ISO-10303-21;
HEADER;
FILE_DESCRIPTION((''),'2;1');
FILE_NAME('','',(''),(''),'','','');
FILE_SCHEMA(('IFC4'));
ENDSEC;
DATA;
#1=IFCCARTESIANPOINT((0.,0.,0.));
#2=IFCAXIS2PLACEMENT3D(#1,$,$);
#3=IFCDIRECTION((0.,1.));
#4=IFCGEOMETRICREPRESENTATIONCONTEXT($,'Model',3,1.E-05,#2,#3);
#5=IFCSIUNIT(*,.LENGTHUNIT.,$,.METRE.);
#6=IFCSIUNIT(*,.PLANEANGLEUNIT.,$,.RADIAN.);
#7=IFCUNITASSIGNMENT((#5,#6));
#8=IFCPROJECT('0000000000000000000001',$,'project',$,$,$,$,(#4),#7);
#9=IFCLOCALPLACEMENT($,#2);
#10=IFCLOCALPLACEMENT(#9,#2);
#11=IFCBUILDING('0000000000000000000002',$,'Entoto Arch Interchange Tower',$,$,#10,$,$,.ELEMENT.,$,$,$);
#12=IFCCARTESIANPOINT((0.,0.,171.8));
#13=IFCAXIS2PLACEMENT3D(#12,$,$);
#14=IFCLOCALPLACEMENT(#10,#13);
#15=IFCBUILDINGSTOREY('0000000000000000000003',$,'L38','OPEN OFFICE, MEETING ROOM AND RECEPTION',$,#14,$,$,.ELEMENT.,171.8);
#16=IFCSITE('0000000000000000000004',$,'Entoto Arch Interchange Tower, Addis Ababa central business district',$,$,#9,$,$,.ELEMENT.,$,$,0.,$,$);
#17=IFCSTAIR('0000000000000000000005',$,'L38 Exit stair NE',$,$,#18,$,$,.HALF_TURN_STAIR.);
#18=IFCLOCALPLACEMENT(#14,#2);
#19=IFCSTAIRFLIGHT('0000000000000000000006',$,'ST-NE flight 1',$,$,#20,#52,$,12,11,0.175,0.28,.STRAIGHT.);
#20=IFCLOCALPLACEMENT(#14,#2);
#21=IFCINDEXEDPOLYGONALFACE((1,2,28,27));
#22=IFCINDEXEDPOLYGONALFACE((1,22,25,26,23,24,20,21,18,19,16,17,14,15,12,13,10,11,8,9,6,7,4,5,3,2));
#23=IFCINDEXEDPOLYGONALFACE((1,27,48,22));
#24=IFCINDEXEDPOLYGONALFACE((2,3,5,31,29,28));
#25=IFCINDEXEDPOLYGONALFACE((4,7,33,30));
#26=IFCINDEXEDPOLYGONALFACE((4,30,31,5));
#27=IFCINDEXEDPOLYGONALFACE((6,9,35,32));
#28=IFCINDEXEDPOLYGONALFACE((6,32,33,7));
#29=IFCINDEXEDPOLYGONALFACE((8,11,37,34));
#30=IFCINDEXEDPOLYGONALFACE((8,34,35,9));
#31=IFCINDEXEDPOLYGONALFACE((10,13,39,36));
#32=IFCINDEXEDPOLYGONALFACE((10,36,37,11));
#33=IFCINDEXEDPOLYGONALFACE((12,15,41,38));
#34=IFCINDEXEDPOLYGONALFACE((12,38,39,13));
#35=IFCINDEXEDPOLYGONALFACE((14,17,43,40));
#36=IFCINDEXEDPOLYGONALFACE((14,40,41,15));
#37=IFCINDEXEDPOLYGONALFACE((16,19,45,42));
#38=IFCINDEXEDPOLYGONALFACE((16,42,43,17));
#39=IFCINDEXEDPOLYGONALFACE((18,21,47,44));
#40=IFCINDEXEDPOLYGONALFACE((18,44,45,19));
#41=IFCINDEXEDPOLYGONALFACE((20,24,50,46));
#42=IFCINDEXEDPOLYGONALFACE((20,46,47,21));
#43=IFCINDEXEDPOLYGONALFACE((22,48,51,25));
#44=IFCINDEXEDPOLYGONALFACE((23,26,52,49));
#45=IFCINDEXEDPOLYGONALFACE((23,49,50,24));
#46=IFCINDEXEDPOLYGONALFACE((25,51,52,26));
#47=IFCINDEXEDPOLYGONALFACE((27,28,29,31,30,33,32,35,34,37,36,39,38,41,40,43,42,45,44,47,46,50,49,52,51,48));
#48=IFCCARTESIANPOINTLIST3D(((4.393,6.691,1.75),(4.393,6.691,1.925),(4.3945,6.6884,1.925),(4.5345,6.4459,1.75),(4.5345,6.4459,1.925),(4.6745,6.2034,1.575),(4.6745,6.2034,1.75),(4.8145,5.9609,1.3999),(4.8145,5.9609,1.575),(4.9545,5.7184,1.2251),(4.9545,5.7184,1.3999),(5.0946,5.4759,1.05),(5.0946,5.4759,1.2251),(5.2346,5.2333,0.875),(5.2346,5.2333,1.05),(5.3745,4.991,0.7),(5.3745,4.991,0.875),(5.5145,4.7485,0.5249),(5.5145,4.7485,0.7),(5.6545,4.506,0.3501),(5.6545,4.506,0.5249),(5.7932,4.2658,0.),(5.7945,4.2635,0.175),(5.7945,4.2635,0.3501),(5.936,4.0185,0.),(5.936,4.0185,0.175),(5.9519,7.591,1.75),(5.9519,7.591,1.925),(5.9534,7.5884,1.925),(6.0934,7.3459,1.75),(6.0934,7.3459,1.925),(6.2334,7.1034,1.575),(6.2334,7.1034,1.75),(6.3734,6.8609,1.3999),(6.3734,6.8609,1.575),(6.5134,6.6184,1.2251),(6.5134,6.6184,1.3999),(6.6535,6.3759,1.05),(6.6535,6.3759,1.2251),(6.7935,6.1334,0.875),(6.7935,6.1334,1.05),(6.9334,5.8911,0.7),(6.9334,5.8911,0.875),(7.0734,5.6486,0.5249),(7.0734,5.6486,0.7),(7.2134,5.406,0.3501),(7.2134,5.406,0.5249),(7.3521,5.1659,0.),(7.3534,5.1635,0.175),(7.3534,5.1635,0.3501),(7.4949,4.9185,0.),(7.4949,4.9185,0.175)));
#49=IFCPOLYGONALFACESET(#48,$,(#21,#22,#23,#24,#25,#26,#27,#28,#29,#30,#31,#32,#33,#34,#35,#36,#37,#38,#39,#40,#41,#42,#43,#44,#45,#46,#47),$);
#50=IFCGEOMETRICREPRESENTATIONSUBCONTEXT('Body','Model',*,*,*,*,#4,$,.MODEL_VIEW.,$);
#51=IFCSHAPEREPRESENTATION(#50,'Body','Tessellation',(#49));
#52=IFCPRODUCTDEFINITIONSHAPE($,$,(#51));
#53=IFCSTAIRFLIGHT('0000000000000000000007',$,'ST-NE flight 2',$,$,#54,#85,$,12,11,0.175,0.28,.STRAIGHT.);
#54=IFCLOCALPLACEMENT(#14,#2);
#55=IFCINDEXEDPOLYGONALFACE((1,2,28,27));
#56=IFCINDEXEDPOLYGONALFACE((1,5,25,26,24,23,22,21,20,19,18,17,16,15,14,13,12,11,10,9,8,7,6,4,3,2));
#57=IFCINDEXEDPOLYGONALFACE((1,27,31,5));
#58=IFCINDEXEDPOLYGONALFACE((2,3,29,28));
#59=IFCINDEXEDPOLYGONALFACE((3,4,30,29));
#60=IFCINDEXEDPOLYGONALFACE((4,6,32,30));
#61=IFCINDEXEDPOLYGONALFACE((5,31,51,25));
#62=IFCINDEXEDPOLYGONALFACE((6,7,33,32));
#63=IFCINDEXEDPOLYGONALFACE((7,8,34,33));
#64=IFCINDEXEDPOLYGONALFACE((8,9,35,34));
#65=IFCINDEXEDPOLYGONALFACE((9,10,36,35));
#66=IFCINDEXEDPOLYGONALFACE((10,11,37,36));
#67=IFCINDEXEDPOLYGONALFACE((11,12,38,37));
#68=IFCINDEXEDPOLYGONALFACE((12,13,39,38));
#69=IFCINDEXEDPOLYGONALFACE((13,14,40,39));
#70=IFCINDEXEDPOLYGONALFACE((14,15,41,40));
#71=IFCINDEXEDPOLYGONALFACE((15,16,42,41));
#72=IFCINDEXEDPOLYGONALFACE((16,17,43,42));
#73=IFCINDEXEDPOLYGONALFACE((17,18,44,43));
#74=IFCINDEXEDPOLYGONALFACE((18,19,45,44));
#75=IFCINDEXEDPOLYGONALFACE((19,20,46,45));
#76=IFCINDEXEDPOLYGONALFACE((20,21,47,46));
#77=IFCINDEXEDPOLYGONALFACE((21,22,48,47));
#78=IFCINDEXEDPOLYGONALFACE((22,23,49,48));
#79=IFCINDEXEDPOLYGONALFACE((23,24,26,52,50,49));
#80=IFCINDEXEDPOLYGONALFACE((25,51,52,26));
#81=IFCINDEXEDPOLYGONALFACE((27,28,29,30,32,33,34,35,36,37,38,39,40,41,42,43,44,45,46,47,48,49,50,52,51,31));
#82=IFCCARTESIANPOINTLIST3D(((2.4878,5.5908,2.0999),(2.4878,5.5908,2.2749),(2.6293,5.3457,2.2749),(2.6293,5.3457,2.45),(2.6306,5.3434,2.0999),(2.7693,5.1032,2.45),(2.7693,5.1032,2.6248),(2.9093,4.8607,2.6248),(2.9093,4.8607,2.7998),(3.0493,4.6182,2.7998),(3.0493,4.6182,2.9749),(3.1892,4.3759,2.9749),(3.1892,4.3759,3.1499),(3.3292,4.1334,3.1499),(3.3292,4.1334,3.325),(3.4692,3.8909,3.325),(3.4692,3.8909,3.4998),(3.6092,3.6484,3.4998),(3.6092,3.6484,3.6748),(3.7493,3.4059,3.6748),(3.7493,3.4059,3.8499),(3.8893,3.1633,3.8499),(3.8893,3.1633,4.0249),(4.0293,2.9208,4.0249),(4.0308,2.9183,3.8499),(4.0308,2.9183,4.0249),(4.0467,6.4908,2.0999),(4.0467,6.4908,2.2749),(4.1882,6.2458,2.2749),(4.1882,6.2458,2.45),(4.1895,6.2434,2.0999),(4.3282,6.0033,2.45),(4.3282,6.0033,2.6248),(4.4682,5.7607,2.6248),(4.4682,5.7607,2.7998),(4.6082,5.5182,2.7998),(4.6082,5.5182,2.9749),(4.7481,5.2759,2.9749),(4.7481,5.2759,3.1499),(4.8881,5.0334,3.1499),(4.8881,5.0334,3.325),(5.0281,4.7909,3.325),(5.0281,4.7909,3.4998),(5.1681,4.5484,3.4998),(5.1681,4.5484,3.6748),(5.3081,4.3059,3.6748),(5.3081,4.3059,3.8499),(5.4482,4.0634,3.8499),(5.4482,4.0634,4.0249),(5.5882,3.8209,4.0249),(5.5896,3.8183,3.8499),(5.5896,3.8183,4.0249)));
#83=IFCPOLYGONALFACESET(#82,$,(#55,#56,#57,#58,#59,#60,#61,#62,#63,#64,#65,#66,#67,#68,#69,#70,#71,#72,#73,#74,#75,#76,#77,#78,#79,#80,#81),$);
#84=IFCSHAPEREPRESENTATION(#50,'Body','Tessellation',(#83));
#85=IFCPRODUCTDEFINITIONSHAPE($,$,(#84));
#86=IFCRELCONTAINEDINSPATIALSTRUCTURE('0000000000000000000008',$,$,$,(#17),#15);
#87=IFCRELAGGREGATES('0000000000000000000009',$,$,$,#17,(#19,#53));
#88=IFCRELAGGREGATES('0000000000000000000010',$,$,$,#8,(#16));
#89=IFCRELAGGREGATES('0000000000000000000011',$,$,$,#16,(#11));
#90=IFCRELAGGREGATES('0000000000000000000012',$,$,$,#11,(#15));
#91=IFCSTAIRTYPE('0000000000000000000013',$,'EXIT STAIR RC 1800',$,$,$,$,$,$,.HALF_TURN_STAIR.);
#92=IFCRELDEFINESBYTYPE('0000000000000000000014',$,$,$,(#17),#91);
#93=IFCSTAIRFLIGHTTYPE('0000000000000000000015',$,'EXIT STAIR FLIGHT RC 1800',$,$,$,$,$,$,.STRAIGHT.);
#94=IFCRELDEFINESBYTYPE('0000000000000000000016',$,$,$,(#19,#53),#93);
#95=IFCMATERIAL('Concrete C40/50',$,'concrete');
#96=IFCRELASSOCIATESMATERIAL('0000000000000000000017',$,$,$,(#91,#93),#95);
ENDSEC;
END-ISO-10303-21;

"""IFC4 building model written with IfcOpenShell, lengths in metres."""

from ifc_helpers import new_model, si_unit, direction, frame, origin, place, context, subcontext, project, spatial, polyline, outline, extrude, material, type_object, element, aggregate, save


model = new_model("IFC4")

# Units and contexts
model_context = context("Model", 3, precision=1e-05, world=origin(), true_north=direction((0.0, 1.0)))
body_context = subcontext(model_context, "Body", "Model", "MODEL_VIEW")
ifc_project = project(units=[si_unit("LENGTHUNIT", "METRE"), si_unit("PLANEANGLEUNIT", "RADIAN")], contexts=[model_context])

# Site, building, storey
site_placement = place(None, origin())
site = spatial("IfcSite", under=ifc_project, at=site_placement, Name="Entoto Arch Interchange Tower, Addis Ababa central business district", CompositionType="ELEMENT", RefElevation=0.0)
building_placement = place(site_placement, origin())
building = spatial("IfcBuilding", under=site, at=building_placement, Name="Entoto Arch Interchange Tower", CompositionType="ELEMENT")
storey_placement = place(building_placement, frame((0.0, 0.0, 171.8)))
storey = spatial("IfcBuildingStorey", under=building, at=storey_placement, Name="L38", Description="OPEN OFFICE, MEETING ROOM AND RECEPTION", CompositionType="ELEMENT", Elevation=171.8)

# Shared definitions
ifc_material_1 = material(Name="Concrete C40/50", Category="concrete")

# Stair, stair flights
stair_type = type_object("IfcStairType", Name="EXIT STAIR RC 1800", PredefinedType="HALF_TURN_STAIR", material=ifc_material_1)
stair_placement = place(storey_placement, origin())
stair = element("IfcStair", 1, at=stair_placement, inside=storey, type_object=stair_type, Name="L38 Exit stair NE", PredefinedType="HALF_TURN_STAIR")
stair_flight_type = type_object("IfcStairFlightType", Name="EXIT STAIR FLIGHT RC 1800", PredefinedType="STRAIGHT", material=ifc_material_1)
stair_flight_1_placement = place(storey_placement, frame((6.7139, 4.4709, 0.0), z_axis=(0.0, 0.0, 1.0), x_axis=(-0.5, 0.866025, 0.0)))
stair_flight_1 = element("IfcStairFlight", 2, at=stair_flight_1_placement, type_object=stair_flight_type, Name="ST-NE flight 1", NumberOfRisers=12, NumberOfTreads=11, PredefinedType="STRAIGHT", RiserHeight=0.175, TreadLength=0.28, context=body_context, shape_type="SweptSolid", body=[
    extrude(outline(polyline([(-0.0029, 0.0), (-0.0029, 0.175), (0.28, 0.175), (0.28, 0.3501), (0.5601, 0.3501), (0.5601, 0.5249), (0.8401, 0.5249), (0.8401, 0.7), (1.1201, 0.7), (1.1201, 0.875), (1.3999, 0.875), (1.3999, 1.05), (1.6799, 1.05), (1.6799, 1.2251), (1.96, 1.2251), (1.96, 1.3999), (2.24, 1.3999), (2.24, 1.575), (2.52, 1.575), (2.52, 1.75), (2.8, 1.75), (2.8, 1.925), (3.0801, 1.925), (3.083, 1.925), (3.083, 1.75), (0.2827, 0.0), (-0.0029, 0.0)])), frame((0.0, 0.8999, 0.0), z_axis=(0.0, -1.0, 0.0), x_axis=(1.0, 0.0, 0.0)), (0.0, 0.0, 1.0), 1.8),
])
stair_flight_2_placement = place(storey_placement, frame((3.2688, 6.0383, 2.0999), z_axis=(0.0, 0.0, 1.0), x_axis=(0.5, -0.866025, 0.0)))
stair_flight_2 = element("IfcStairFlight", 3, at=stair_flight_2_placement, type_object=stair_flight_type, Name="ST-NE flight 2", NumberOfRisers=12, NumberOfTreads=11, PredefinedType="STRAIGHT", RiserHeight=0.175, TreadLength=0.28, context=body_context, shape_type="SweptSolid", body=[
    extrude(outline(polyline([(-0.0029, 0.0), (-0.0029, 0.175), (0.28, 0.175), (0.28, 0.3501), (0.5601, 0.3501), (0.5601, 0.5249), (0.8401, 0.5249), (0.8401, 0.7), (1.1201, 0.7), (1.1201, 0.875), (1.3999, 0.875), (1.3999, 1.05), (1.6799, 1.05), (1.6799, 1.2251), (1.96, 1.2251), (1.96, 1.3999), (2.24, 1.3999), (2.24, 1.575), (2.52, 1.575), (2.52, 1.75), (2.8, 1.75), (2.8, 1.925), (3.0801, 1.925), (3.083, 1.925), (3.083, 1.75), (0.2827, 0.0), (-0.0029, 0.0)])), frame((0.0, 0.8999, 0.0), z_axis=(0.0, -1.0, 0.0), x_axis=(1.0, 0.0, 0.0)), (0.0, 0.0, 1.0), 1.8),
])
aggregate(stair, [stair_flight_1, stair_flight_2])

save(model, "model.ifc")
